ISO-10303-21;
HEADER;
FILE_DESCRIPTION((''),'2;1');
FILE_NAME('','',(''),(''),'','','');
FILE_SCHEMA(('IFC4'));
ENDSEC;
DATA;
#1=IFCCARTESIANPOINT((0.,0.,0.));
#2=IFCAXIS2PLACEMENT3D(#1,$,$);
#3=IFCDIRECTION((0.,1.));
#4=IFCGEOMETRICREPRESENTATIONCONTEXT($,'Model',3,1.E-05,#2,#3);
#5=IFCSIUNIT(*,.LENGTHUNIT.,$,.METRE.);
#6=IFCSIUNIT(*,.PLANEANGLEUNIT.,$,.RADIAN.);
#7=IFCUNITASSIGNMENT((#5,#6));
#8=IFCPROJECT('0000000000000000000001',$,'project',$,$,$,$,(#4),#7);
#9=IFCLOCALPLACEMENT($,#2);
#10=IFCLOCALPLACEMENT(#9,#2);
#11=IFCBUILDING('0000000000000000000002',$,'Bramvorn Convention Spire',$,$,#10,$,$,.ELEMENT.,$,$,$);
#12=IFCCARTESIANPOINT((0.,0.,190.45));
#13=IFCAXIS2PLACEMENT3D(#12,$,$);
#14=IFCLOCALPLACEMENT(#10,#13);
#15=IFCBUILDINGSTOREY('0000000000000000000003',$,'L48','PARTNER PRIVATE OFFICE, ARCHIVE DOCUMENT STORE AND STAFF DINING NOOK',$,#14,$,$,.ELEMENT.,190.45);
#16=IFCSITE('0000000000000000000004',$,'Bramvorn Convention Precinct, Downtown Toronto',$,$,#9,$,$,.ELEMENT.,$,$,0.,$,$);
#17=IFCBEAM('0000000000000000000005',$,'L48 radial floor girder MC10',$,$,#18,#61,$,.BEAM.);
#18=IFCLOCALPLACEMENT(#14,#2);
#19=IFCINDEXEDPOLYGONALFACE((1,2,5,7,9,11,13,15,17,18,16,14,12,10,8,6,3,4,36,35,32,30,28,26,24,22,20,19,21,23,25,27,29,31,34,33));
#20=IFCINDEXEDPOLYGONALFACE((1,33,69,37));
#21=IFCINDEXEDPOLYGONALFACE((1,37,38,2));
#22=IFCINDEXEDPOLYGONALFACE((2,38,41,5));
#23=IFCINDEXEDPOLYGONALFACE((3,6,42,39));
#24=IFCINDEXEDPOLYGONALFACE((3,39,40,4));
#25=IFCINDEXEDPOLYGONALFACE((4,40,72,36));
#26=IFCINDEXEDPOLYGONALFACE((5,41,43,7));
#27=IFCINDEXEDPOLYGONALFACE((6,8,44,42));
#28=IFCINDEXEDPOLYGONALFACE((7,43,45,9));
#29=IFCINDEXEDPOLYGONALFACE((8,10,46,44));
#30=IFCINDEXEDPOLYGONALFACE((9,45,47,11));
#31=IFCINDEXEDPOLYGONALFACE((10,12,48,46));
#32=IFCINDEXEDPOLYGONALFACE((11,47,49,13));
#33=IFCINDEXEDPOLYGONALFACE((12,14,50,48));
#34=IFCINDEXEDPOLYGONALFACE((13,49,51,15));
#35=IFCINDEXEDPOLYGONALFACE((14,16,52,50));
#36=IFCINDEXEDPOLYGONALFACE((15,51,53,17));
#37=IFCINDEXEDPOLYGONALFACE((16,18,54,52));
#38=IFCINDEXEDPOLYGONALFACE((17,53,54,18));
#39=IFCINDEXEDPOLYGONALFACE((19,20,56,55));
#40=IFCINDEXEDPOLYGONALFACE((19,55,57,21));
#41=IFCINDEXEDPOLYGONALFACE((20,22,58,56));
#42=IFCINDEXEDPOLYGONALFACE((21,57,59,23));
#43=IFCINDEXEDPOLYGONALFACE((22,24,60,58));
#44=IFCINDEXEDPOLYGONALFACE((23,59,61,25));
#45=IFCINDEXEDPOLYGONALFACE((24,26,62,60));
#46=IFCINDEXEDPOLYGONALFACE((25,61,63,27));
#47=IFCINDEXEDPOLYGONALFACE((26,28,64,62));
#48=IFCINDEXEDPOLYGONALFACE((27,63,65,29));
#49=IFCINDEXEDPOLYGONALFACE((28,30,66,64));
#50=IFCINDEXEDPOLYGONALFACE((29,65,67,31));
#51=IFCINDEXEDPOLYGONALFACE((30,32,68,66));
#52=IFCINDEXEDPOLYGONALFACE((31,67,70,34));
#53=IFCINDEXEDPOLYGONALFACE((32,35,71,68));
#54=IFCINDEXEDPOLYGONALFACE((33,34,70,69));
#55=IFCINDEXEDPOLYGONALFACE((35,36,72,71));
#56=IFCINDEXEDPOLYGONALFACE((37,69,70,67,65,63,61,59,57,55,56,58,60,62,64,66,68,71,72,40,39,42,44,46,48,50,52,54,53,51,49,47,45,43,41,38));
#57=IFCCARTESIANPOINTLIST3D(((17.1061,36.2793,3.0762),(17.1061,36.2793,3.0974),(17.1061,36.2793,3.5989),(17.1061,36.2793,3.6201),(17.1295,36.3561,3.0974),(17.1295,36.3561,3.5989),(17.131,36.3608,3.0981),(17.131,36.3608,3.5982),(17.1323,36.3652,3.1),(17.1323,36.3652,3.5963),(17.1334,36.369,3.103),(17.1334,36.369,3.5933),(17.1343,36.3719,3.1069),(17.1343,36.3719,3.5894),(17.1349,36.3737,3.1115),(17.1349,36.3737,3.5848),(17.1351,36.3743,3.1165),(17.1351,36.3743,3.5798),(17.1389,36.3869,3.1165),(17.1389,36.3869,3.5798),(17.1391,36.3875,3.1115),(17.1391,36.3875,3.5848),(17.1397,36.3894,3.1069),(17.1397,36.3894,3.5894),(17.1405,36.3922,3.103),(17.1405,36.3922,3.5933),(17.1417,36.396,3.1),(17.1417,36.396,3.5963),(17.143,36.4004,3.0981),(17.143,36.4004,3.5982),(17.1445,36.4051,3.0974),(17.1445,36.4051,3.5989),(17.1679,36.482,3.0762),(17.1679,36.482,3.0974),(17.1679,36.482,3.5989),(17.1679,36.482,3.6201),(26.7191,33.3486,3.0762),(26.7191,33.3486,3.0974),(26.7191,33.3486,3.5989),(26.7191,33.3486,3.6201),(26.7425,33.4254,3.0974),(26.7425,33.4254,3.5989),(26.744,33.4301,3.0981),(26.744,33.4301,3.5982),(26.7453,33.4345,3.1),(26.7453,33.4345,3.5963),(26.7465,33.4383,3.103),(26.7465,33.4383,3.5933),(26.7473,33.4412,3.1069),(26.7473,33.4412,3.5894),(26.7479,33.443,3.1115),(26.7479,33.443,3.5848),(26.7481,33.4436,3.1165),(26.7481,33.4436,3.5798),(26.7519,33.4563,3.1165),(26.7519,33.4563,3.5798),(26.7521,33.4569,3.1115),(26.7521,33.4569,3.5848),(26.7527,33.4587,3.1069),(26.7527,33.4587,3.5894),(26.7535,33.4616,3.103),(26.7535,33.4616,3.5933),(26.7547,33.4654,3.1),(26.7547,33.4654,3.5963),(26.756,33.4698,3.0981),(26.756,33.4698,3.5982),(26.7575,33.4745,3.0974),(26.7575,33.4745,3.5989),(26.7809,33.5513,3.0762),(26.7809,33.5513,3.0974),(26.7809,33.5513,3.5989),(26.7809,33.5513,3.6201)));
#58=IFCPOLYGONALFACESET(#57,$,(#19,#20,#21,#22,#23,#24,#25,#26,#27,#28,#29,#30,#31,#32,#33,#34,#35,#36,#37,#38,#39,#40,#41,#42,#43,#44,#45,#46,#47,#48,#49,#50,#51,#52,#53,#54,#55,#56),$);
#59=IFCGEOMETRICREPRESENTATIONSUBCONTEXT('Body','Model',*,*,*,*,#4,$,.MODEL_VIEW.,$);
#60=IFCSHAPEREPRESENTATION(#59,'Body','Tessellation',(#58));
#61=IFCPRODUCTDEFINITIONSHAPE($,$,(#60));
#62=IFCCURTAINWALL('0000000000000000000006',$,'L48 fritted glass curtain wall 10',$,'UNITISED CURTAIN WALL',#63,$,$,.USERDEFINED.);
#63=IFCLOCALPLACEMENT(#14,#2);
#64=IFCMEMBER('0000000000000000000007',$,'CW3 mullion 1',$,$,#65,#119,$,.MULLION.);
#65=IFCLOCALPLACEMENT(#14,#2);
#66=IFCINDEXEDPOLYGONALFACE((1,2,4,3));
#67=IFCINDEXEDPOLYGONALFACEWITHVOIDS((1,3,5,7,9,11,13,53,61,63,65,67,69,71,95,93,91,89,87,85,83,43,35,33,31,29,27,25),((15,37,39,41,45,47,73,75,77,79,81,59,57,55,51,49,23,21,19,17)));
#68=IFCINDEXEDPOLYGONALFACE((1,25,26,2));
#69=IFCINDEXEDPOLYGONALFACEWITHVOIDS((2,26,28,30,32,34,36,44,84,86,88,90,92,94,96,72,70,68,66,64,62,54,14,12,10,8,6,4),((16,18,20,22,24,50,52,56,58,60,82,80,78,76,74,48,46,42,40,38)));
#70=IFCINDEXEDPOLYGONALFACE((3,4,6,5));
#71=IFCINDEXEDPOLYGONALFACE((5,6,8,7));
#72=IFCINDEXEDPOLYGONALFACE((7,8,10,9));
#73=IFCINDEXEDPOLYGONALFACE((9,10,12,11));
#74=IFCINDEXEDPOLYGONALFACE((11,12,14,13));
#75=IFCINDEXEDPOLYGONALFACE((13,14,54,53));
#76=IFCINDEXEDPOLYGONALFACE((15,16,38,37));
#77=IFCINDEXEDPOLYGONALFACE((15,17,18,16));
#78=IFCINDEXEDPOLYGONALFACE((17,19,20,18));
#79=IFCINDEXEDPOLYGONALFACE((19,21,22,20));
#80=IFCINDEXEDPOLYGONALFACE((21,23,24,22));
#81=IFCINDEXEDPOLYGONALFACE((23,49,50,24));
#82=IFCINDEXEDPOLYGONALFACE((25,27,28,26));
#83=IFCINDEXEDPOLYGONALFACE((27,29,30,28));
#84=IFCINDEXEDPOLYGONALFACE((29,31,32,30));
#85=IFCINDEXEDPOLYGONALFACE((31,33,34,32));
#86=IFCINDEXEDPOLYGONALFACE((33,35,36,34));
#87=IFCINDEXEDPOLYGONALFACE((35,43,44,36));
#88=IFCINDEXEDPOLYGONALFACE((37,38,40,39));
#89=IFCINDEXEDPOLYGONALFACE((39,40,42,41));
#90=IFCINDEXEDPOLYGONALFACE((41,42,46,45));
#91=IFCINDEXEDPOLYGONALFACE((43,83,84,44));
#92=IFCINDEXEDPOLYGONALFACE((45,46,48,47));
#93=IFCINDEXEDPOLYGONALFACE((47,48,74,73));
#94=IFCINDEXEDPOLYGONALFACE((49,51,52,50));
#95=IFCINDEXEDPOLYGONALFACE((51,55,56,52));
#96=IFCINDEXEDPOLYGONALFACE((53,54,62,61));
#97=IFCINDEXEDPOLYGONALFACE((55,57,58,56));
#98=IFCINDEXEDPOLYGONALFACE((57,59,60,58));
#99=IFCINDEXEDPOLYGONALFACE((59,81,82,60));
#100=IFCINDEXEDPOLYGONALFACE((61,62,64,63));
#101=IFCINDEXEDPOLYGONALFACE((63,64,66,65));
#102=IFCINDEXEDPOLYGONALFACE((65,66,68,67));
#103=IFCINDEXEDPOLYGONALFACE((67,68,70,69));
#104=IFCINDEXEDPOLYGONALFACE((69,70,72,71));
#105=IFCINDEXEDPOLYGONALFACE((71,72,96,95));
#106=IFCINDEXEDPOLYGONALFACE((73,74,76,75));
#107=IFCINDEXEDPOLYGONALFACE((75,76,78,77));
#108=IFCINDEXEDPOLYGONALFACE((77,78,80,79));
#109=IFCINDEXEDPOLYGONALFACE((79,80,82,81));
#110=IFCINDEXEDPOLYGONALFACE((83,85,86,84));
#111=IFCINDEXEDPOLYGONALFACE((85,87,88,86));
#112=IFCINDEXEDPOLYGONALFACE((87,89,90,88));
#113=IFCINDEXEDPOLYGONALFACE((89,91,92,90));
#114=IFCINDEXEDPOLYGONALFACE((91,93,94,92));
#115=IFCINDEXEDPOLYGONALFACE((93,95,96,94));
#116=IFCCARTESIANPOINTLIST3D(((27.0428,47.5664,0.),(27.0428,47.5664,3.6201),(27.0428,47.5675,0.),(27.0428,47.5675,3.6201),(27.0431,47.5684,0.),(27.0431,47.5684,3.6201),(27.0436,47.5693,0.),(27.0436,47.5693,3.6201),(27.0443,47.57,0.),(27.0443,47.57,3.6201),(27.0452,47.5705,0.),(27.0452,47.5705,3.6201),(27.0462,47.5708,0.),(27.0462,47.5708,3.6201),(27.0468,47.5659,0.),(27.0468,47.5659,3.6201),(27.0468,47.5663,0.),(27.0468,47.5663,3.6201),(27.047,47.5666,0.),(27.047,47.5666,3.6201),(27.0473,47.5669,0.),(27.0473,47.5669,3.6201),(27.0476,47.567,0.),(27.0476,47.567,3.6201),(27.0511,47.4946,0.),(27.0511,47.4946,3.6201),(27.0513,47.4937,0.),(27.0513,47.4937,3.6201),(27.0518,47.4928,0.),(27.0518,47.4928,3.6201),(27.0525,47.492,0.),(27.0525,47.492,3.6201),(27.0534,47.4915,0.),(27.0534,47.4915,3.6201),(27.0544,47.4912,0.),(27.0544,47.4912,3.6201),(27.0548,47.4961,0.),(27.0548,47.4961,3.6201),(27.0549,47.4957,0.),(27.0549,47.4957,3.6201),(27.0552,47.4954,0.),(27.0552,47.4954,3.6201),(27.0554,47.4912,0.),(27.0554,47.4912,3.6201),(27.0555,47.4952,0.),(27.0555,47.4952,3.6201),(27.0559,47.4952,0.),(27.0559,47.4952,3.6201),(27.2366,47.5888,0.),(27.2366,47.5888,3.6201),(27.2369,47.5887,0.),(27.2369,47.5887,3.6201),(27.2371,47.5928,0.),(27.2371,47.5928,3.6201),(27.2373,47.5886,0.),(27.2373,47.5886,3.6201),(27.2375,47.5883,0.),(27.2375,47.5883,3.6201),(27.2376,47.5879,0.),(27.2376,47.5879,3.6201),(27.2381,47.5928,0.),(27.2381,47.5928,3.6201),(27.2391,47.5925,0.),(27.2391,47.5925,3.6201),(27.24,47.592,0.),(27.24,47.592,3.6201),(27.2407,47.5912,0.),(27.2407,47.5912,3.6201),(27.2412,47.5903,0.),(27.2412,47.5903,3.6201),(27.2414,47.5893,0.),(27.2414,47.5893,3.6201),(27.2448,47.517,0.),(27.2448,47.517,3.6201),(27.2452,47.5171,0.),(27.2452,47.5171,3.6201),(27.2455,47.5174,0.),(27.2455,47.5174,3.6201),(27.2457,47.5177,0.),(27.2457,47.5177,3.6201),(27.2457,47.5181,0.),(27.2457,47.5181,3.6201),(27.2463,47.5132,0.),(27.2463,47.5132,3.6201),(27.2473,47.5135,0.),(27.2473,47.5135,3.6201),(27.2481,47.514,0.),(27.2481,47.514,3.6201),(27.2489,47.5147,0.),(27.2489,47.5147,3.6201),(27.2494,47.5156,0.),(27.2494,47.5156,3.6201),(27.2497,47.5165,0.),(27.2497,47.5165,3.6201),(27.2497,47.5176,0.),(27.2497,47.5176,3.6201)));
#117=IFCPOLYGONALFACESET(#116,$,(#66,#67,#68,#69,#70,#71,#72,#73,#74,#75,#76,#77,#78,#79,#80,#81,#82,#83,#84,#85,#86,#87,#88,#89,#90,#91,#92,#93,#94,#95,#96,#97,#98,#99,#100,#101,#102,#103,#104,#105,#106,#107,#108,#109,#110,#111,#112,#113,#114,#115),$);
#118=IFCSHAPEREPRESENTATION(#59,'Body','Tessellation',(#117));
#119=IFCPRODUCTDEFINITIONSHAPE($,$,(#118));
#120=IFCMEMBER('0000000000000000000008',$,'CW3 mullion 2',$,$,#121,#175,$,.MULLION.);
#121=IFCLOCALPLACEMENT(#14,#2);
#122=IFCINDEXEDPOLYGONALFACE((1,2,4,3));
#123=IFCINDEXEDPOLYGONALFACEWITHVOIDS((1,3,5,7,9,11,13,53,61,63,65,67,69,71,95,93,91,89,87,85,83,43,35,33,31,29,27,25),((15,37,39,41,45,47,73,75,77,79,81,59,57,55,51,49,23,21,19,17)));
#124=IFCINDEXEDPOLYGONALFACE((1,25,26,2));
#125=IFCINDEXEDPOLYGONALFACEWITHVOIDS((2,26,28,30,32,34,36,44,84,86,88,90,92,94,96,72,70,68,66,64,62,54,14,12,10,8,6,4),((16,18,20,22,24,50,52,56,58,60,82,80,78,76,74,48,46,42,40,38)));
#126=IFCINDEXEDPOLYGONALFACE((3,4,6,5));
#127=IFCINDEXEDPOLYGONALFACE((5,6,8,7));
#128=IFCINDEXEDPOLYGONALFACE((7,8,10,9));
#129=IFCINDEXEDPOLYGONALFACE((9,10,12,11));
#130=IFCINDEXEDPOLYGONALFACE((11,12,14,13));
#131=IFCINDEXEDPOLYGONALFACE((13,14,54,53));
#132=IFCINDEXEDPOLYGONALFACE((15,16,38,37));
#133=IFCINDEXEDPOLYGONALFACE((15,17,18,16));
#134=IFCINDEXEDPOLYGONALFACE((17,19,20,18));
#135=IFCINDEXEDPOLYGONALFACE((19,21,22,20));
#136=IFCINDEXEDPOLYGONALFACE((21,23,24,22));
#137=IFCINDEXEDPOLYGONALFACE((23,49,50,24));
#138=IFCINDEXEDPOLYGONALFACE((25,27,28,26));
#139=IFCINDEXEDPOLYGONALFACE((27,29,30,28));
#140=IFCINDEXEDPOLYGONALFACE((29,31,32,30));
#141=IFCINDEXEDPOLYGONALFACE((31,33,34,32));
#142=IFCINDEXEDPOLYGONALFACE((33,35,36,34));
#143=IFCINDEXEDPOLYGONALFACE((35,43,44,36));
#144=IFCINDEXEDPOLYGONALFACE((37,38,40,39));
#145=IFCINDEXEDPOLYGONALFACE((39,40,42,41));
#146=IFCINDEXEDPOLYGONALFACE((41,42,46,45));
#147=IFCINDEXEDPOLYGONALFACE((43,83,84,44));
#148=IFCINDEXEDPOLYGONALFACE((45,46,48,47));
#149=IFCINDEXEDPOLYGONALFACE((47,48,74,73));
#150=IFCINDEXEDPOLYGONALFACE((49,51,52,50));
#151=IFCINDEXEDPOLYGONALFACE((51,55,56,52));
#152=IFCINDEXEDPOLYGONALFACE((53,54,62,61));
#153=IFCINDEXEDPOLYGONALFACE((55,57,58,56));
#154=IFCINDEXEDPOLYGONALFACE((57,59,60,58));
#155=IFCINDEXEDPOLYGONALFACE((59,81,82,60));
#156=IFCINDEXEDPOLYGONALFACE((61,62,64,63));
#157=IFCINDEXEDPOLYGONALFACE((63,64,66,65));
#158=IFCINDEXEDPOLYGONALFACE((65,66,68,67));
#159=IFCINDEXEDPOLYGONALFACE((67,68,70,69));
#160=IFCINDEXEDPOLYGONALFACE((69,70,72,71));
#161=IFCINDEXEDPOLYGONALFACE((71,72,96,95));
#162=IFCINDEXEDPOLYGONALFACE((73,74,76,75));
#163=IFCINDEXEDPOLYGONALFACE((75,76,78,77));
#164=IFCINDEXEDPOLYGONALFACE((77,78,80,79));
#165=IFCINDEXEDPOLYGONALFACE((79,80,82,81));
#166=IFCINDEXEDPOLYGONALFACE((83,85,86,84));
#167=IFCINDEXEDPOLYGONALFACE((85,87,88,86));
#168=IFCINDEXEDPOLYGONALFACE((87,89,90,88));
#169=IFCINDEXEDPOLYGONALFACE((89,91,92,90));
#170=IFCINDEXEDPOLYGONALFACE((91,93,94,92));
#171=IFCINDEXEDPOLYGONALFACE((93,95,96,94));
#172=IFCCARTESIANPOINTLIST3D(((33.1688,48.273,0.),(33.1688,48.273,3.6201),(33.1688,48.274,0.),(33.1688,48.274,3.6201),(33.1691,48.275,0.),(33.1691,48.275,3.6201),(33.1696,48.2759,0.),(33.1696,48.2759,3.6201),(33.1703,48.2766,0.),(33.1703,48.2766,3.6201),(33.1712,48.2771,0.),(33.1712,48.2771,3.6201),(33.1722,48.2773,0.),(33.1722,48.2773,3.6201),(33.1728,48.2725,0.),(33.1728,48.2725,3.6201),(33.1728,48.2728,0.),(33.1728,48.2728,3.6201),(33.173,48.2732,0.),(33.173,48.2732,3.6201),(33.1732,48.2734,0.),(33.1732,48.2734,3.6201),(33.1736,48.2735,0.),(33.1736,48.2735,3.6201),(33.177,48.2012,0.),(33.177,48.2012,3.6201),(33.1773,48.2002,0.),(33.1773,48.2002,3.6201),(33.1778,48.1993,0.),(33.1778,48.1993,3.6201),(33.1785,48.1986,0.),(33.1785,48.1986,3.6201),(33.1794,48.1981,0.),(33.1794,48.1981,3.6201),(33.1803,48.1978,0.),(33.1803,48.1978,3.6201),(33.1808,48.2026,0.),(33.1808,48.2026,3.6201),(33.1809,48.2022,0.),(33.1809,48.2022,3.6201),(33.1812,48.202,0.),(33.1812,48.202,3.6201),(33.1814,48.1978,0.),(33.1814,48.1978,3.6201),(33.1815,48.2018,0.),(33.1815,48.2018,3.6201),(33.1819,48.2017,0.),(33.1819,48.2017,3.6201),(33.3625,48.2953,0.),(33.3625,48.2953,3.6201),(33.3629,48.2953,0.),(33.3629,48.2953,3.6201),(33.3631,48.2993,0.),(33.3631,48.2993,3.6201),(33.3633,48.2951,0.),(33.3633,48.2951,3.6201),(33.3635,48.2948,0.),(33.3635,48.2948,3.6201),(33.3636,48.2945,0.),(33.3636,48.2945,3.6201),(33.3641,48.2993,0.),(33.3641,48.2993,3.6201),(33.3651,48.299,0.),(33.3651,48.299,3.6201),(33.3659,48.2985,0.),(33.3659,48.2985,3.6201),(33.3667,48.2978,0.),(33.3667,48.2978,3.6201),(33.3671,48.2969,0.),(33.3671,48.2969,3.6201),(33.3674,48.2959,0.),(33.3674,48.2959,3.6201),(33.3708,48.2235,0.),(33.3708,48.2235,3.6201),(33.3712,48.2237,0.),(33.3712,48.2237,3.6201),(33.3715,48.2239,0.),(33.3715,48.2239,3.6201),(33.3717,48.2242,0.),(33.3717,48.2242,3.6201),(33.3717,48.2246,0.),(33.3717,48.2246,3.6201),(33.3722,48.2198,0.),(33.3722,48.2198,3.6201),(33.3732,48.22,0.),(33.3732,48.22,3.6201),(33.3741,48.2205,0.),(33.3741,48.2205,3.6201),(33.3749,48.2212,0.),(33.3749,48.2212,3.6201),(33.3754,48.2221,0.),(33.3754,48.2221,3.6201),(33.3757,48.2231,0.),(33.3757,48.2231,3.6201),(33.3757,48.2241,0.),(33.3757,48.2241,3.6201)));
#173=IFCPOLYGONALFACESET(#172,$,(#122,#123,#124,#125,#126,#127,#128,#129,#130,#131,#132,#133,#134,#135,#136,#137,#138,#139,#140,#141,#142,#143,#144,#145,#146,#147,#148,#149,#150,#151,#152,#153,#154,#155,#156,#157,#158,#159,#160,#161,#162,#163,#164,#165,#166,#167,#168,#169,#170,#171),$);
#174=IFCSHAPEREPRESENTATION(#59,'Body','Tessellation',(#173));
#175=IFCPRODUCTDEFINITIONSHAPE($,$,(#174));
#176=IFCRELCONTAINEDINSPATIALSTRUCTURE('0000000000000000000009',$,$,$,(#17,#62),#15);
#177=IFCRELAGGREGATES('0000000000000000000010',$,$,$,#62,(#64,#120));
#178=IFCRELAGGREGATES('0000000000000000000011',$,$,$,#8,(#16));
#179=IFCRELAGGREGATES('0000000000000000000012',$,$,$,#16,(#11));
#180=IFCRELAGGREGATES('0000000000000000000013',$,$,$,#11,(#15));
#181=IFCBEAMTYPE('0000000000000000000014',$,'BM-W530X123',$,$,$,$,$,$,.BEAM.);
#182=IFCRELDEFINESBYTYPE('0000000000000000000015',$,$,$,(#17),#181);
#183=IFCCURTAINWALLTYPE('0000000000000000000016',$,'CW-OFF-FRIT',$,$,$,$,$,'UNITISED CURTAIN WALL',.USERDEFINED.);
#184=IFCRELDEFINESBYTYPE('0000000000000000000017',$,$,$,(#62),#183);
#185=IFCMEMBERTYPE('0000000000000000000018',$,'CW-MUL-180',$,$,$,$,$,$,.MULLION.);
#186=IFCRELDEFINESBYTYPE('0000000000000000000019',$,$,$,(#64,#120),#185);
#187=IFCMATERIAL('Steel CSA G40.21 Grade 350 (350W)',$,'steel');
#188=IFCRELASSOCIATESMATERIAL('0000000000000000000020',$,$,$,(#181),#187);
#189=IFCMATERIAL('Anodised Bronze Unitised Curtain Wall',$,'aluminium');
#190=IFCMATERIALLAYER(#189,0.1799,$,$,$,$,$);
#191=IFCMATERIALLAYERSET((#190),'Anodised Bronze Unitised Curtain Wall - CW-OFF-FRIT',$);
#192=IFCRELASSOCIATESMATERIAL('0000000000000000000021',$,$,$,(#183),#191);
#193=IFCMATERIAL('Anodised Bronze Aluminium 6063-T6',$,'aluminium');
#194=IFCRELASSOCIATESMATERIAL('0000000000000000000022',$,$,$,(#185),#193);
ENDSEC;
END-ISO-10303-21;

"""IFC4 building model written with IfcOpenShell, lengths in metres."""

from ifc_helpers import new_model, si_unit, direction, frame, origin, origin_2d, place, context, subcontext, project, spatial, hollow_rectangle, i_section, extrude, material, layer, layer_set, material_profile, profile_set, type_object, element, aggregate, save


model = new_model("IFC4")

# Units and contexts
model_context = context("Model", 3, precision=1e-05, world=origin(), true_north=direction((0.0, 1.0)))
body_context = subcontext(model_context, "Body", "Model", "MODEL_VIEW")
ifc_project = project(units=[si_unit("LENGTHUNIT", "METRE"), si_unit("PLANEANGLEUNIT", "RADIAN")], contexts=[model_context])

# Site, building, storey
site_placement = place(None, origin())
site = spatial("IfcSite", under=ifc_project, at=site_placement, Name="Bramvorn Convention Precinct, Downtown Toronto", CompositionType="ELEMENT", RefElevation=0.0)
building_placement = place(site_placement, origin())
building = spatial("IfcBuilding", under=site, at=building_placement, Name="Bramvorn Convention Spire", CompositionType="ELEMENT")
storey_placement = place(building_placement, frame((0.0, 0.0, 190.45)))
storey = spatial("IfcBuildingStorey", under=building, at=storey_placement, Name="L48", Description="PARTNER PRIVATE OFFICE, ARCHIVE DOCUMENT STORE AND STAFF DINING NOOK", CompositionType="ELEMENT", Elevation=190.45)

# Shared definitions
ifc_material_1 = material(Name="Steel CSA G40.21 Grade 350 (350W)", Category="steel")

# Beam
ifc_material_profile_1 = material_profile(ifc_material_1, i_section(OverallWidth=0.2119, OverallDepth=0.5439, WebThickness=0.0132, FlangeThickness=0.0212, FilletRadius=0.019, at=origin_2d()))
ifc_profile_set_1 = profile_set([ifc_material_profile_1], Name="Steel CSA G40.21 Grade 350 (350W) - W530X123")
beam_type_1 = type_object("IfcBeamType", Name="BM-W530X123", PredefinedType="BEAM", material=ifc_profile_set_1)
beam_1_placement = place(storey_placement, frame((26.75, 33.45, 3.3481), z_axis=(-0.956536, 0.291613, 0.0), x_axis=(-0.291613, -0.956536, 0.0)))
element("IfcBeam", 1, at=beam_1_placement, inside=storey, type_object=beam_type_1, Name="L48 radial floor girder MC10", PredefinedType="BEAM", context=body_context, shape_type="SweptSolid", body=[
    extrude(i_section(OverallWidth=0.2119, OverallDepth=0.5439, WebThickness=0.0132, FlangeThickness=0.0212, FilletRadius=0.019, at=origin_2d()), origin(), (0.0, 0.0, 1.0), 10.0498),
])

# Curtain wall, members
ifc_material_2 = material(Name="Anodised Bronze Unitised Curtain Wall", Category="aluminium")
ifc_layer_1 = layer(ifc_material_2, 0.1799)
ifc_layer_set_1 = layer_set([ifc_layer_1], Name="Anodised Bronze Unitised Curtain Wall - CW-OFF-FRIT")
curtain_wall_type = type_object("IfcCurtainWallType", Name="CW-OFF-FRIT", ElementType="UNITISED CURTAIN WALL", PredefinedType="USERDEFINED", material=ifc_layer_set_1)
curtain_wall_1_placement = place(storey_placement, origin())
curtain_wall_1 = element("IfcCurtainWall", 2, at=curtain_wall_1_placement, inside=storey, type_object=curtain_wall_type, Name="L48 fritted glass curtain wall 10", ObjectType="UNITISED CURTAIN WALL", PredefinedType="USERDEFINED")
ifc_material_3 = material(Name="Anodised Bronze Aluminium 6063-T6", Category="aluminium")
ifc_material_profile_2 = material_profile(ifc_material_3, hollow_rectangle(XDim=0.0801, YDim=0.2, WallThickness=0.0039, InnerFilletRadius=0.001, OuterFilletRadius=0.0039, at=origin_2d()))
ifc_profile_set_2 = profile_set([ifc_material_profile_2], Name="Anodised Bronze Aluminium 6063-T6 - CWM80X200")
member_type_1 = type_object("IfcMemberType", Name="CW-MUL-180", PredefinedType="MULLION", material=ifc_profile_set_2)
member_1_placement = place(storey_placement, frame((27.1462, 47.542, 0.0), z_axis=(0.0, 0.0, 1.0), x_axis=(-0.114561, 0.993416, 0.0)))
member_1 = element("IfcMember", 3, at=member_1_placement, type_object=member_type_1, Name="CW3 mullion 1", PredefinedType="MULLION", context=body_context, shape_type="SweptSolid", body=[
    extrude(hollow_rectangle(XDim=0.0801, YDim=0.2, WallThickness=0.0039, InnerFilletRadius=0.001, OuterFilletRadius=0.0039, at=origin_2d()), origin(), (0.0, 0.0, 1.0), 3.6201),
])
member_2_placement = place(storey_placement, frame((33.2722, 48.2485, 0.0), z_axis=(0.0, 0.0, 1.0), x_axis=(-0.114561, 0.993416, 0.0)))
member_2 = element("IfcMember", 4, at=member_2_placement, type_object=member_type_1, Name="CW3 mullion 2", PredefinedType="MULLION", context=body_context, shape_type="SweptSolid", body=[
    extrude(hollow_rectangle(XDim=0.0801, YDim=0.2, WallThickness=0.0039, InnerFilletRadius=0.001, OuterFilletRadius=0.0039, at=origin_2d()), origin(), (0.0, 0.0, 1.0), 3.6201),
])

aggregate(curtain_wall_1, [member_1, member_2])

save(model, "model.ifc")
